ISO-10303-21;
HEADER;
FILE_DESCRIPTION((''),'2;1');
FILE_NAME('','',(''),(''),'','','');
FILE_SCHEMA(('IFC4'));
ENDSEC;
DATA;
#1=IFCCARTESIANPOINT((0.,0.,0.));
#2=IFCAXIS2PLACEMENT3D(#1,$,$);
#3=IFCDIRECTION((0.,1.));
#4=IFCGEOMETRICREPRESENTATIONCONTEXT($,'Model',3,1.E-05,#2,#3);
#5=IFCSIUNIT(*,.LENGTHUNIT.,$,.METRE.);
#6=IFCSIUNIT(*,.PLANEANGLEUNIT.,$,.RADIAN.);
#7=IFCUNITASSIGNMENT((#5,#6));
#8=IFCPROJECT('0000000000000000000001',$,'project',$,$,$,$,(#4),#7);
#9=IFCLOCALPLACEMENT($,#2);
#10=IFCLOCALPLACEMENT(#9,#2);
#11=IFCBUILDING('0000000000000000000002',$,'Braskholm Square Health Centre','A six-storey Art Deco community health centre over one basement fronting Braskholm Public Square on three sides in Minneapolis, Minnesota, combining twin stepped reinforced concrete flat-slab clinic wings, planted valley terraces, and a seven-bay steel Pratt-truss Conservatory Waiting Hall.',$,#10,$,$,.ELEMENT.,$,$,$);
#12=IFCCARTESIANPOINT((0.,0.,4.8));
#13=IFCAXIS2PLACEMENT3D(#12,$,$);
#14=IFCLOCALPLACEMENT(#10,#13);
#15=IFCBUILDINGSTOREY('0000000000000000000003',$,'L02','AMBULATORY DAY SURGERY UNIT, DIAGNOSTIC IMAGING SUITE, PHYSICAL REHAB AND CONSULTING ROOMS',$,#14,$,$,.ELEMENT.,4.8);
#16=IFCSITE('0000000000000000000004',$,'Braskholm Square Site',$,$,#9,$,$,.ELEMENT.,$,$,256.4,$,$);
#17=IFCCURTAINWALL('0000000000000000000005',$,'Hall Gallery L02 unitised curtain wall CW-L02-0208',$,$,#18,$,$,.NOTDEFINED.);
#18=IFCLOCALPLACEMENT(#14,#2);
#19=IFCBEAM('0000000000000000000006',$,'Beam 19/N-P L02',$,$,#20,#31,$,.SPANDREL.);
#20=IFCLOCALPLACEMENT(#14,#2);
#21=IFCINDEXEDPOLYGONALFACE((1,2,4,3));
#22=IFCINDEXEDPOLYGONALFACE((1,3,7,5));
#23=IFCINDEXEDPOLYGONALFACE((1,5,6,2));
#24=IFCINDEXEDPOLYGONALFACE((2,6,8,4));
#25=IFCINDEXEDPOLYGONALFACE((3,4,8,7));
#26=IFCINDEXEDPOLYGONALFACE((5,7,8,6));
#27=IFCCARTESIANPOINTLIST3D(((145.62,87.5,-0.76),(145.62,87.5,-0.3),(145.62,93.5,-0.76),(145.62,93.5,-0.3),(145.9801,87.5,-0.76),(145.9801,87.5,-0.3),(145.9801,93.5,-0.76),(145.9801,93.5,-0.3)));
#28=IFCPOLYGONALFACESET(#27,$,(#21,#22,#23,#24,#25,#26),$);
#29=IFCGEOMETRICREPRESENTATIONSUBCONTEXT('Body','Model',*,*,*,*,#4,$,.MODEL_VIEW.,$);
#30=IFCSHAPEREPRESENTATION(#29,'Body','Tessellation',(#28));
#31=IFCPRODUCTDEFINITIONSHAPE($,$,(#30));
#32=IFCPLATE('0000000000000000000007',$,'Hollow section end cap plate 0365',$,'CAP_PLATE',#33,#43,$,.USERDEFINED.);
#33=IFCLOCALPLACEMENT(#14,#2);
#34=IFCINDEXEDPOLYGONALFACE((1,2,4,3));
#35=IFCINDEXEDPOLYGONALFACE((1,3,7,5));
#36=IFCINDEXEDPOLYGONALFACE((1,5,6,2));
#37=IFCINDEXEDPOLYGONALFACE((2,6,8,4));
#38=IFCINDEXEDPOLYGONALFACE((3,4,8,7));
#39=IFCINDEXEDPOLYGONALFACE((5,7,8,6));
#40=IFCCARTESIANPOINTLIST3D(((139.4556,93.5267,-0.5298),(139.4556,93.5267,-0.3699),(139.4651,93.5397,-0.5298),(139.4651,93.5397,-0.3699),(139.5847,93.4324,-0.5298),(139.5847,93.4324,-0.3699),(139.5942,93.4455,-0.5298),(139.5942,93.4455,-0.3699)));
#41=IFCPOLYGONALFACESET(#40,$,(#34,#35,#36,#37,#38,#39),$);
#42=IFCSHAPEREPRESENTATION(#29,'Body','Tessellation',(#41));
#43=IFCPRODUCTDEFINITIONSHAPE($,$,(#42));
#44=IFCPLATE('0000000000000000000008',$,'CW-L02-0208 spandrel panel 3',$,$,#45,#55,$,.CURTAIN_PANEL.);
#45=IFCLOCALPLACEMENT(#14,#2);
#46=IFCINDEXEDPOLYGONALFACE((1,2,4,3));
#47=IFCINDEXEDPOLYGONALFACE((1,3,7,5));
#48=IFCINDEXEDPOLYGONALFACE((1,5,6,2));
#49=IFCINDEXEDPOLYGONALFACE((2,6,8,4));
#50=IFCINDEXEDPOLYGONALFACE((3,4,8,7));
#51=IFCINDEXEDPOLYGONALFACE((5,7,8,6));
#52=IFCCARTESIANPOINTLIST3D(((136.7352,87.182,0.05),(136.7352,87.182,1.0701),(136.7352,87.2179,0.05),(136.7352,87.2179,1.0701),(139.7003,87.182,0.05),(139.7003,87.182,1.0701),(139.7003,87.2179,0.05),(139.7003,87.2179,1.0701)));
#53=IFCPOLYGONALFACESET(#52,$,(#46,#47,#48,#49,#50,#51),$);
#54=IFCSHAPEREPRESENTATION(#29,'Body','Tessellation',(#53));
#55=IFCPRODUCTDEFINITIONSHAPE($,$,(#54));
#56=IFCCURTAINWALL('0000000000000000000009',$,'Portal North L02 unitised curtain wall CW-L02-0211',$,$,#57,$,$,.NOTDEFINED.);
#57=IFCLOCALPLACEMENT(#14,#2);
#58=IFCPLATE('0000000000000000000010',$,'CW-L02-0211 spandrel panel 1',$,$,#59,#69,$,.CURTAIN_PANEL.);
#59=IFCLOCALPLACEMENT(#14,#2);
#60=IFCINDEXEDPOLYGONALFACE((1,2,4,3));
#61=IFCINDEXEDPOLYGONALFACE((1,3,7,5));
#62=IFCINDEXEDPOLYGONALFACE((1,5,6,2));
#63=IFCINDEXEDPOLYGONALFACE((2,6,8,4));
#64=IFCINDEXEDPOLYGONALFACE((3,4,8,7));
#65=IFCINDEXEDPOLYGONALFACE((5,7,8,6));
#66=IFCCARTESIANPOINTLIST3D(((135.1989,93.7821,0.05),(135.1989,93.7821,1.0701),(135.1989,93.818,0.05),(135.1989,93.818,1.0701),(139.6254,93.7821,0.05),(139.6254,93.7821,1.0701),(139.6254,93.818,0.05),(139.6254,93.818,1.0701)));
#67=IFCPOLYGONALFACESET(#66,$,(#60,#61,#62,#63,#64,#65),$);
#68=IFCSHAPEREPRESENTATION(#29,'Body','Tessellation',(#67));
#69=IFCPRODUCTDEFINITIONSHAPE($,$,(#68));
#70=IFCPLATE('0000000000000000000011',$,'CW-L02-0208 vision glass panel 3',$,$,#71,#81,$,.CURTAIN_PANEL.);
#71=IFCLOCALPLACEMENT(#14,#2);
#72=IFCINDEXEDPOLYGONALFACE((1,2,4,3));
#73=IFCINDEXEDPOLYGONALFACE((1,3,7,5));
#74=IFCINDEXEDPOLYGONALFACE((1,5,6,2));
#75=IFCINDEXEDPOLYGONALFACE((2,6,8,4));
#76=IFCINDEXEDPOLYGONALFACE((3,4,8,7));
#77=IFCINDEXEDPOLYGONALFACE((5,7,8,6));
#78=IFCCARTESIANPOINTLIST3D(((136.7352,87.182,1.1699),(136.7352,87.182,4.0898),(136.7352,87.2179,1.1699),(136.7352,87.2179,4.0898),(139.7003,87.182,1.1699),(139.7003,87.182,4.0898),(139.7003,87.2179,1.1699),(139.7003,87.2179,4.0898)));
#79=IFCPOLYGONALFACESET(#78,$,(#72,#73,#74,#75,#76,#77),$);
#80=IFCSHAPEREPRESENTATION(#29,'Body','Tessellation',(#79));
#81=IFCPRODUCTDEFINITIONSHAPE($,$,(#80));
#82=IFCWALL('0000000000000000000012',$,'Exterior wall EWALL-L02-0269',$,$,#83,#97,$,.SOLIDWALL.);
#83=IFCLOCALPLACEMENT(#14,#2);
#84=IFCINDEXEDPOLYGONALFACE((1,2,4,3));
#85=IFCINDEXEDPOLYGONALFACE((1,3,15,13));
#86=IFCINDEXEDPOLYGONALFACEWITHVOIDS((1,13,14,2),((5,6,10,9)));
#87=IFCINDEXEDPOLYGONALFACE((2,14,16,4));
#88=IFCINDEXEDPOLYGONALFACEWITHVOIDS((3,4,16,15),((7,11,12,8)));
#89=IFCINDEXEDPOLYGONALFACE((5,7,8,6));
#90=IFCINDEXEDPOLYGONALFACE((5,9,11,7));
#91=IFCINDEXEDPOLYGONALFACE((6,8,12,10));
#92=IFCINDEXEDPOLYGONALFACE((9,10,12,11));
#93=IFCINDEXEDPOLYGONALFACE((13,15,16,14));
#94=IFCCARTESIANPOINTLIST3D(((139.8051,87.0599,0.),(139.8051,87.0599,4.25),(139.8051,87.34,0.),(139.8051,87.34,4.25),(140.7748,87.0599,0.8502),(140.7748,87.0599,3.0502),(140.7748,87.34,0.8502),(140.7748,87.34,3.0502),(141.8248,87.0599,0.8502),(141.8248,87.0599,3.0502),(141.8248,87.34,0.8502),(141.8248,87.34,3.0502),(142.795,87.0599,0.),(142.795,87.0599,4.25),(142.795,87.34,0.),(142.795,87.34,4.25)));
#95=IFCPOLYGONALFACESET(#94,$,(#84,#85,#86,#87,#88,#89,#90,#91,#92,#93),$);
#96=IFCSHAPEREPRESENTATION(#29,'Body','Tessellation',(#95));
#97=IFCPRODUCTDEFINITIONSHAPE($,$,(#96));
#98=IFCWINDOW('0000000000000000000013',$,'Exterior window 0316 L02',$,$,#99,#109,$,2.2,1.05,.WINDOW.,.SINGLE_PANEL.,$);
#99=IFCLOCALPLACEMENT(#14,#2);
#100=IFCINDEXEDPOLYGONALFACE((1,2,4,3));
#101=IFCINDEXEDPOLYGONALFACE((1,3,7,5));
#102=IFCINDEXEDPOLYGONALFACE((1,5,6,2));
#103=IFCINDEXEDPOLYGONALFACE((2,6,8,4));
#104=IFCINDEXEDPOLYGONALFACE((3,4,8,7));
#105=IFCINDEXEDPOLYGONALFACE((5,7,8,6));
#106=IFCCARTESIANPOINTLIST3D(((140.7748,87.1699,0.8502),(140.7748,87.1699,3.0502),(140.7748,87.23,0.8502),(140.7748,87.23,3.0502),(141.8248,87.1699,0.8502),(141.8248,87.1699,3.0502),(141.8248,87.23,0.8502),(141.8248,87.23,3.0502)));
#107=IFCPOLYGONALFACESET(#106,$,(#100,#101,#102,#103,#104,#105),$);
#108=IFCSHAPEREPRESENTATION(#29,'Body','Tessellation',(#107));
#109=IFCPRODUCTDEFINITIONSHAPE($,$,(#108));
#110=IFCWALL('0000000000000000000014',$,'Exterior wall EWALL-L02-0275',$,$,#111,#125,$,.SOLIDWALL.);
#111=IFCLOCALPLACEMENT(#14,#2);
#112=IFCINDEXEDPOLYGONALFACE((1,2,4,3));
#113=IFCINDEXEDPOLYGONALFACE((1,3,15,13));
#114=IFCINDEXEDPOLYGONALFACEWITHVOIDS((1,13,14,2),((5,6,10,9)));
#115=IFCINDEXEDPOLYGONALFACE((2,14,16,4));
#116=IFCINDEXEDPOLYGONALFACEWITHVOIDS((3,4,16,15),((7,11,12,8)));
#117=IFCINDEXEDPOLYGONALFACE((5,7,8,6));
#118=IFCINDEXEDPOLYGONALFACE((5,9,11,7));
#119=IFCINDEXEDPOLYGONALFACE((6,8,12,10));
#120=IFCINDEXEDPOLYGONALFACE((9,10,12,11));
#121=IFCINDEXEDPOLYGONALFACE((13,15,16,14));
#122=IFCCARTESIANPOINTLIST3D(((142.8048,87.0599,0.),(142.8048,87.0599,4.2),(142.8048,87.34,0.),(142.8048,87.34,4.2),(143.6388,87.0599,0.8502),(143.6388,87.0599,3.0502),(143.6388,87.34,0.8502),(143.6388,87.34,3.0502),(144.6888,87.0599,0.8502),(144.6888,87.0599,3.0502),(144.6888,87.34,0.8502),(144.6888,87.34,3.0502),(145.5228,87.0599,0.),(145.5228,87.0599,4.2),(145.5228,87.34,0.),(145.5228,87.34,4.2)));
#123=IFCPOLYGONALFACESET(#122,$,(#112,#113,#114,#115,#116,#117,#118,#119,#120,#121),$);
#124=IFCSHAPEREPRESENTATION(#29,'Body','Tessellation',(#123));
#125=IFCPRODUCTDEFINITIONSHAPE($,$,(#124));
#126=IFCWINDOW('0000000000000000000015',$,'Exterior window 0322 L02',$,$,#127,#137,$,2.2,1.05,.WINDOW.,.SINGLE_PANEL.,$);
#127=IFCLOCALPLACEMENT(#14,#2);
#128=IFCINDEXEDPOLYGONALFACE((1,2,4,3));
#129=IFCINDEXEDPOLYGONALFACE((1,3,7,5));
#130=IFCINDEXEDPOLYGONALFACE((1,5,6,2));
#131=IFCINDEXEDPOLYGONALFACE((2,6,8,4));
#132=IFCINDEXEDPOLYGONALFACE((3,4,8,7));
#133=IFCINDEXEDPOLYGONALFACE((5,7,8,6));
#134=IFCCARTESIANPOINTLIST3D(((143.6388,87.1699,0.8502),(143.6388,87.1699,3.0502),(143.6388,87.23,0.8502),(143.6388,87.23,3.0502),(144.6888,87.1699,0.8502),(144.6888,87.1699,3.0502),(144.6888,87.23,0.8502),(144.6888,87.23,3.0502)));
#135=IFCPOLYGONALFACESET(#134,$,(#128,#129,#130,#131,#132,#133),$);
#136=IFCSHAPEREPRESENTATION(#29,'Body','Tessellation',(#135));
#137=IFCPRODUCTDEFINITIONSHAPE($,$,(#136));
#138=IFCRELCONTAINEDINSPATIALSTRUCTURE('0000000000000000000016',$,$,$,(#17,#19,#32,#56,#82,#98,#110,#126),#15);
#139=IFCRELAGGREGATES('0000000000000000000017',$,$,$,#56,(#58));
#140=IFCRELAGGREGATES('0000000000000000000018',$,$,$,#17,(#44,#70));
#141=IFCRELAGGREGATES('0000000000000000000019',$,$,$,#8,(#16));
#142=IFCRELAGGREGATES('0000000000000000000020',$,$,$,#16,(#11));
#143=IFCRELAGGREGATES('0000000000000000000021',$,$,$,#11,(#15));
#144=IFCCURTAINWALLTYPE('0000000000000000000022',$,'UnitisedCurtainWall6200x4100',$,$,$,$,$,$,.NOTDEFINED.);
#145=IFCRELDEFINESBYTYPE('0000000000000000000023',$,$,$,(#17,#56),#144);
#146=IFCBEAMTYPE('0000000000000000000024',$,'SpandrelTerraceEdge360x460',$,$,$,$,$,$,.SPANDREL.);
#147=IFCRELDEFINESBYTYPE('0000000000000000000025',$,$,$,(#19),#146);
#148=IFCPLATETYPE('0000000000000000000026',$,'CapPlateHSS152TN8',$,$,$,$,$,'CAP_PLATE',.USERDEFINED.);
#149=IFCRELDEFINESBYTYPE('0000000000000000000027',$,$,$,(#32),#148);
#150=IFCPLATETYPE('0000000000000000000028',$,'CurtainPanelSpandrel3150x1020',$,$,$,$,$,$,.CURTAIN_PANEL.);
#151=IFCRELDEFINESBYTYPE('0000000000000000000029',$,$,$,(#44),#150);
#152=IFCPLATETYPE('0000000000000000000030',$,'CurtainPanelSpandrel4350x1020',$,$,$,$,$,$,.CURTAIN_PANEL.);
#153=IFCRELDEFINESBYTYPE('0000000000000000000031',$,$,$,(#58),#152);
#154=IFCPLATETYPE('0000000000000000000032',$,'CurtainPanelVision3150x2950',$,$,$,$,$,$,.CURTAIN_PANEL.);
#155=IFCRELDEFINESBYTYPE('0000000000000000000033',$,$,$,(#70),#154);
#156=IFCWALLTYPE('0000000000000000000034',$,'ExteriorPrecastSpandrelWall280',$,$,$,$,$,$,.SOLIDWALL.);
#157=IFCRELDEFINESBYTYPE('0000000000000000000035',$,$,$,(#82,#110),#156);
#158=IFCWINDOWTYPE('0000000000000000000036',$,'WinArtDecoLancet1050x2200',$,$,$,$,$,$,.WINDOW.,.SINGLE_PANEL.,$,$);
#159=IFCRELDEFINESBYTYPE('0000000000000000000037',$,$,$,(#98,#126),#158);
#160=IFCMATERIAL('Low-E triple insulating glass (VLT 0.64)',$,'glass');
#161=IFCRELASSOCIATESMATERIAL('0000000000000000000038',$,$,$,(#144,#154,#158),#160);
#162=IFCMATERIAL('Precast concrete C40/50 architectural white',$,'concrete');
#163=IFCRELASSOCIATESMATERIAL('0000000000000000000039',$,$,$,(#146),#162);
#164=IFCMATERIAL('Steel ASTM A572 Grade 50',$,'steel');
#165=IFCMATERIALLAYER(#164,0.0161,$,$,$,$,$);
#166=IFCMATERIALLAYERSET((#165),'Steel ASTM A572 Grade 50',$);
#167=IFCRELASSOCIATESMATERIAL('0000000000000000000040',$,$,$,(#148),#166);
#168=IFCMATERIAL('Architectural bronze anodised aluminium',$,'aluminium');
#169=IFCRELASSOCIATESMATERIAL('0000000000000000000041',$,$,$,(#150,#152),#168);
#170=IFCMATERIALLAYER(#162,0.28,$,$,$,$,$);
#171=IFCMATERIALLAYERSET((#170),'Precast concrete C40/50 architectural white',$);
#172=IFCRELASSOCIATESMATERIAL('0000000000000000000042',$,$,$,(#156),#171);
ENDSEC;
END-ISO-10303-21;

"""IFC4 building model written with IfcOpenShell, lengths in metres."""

from ifc_helpers import new_model, si_unit, direction, frame, frame_2d, origin, origin_with_axes, origin_2d, place, context, subcontext, project, spatial, rectangle, extrude, material, layer, layer_set, material_profile, profile_set, type_object, element, fill, aggregate, save


model = new_model("IFC4")

# Units and contexts
model_context = context("Model", 3, precision=1e-05, world=origin(), true_north=direction((0.0, 1.0)))
body_context = subcontext(model_context, "Body", "Model", "MODEL_VIEW")
ifc_project = project(units=[si_unit("LENGTHUNIT", "METRE"), si_unit("PLANEANGLEUNIT", "RADIAN")], contexts=[model_context])

# Site, building, storey
site_placement = place(None, origin())
site = spatial("IfcSite", under=ifc_project, at=site_placement, Name="Braskholm Square Site", CompositionType="ELEMENT", RefElevation=256.4)
building_placement = place(site_placement, origin())
building = spatial("IfcBuilding", under=site, at=building_placement, Name="Braskholm Square Health Centre", Description="A six-storey Art Deco community health centre over one basement fronting Braskholm Public Square on three sides in Minneapolis, Minnesota, combining twin stepped reinforced concrete flat-slab clinic wings, planted valley terraces, and a seven-bay steel Pratt-truss Conservatory Waiting Hall.", CompositionType="ELEMENT")
storey_placement = place(building_placement, frame((0.0, 0.0, 4.8)))
storey = spatial("IfcBuildingStorey", under=building, at=storey_placement, Name="L02", Description="AMBULATORY DAY SURGERY UNIT, DIAGNOSTIC IMAGING SUITE, PHYSICAL REHAB AND CONSULTING ROOMS", CompositionType="ELEMENT", Elevation=4.8)

# Curtain wall
ifc_material_1 = material(Name="Low-E triple insulating glass (VLT 0.64)", Category="glass")
curtain_wall_type = type_object("IfcCurtainWallType", Name="UnitisedCurtainWall6200x4100", PredefinedType="NOTDEFINED", material=ifc_material_1)
curtain_wall_1_placement = place(storey_placement, origin())
curtain_wall_1 = element("IfcCurtainWall", 1, at=curtain_wall_1_placement, inside=storey, type_object=curtain_wall_type, Name="Hall Gallery L02 unitised curtain wall CW-L02-0208", PredefinedType="NOTDEFINED")
ifc_material_2 = material(Name="Architectural bronze anodised aluminium", Category="aluminium")

# Beam
ifc_material_3 = material(Name="Precast concrete C40/50 architectural white", Category="concrete")
ifc_material_profile_1 = material_profile(ifc_material_3, rectangle(XDim=0.3601, YDim=0.46, at=origin_2d()), Name="RCB-360X460")
ifc_profile_set_1 = profile_set([ifc_material_profile_1], Name="Precast concrete C40/50 architectural white")
beam_type_1 = type_object("IfcBeamType", Name="SpandrelTerraceEdge360x460", PredefinedType="SPANDREL", material=ifc_profile_set_1)
beam_1_placement = place(storey_placement, frame((145.8, 87.5, -0.53), z_axis=(0.0, 1.0, 0.0), x_axis=(-1.0, 0.0, 0.0)))
element("IfcBeam", 2, at=beam_1_placement, inside=storey, type_object=beam_type_1, Name="Beam 19/N-P L02", PredefinedType="SPANDREL", context=body_context, shape_type="SweptSolid", body=[
    extrude(rectangle(XDim=0.3601, YDim=0.46, at=origin_2d()), origin(), (0.0, 0.0, 1.0), 6.0),
])

# Plates
ifc_material_4 = material(Name="Steel ASTM A572 Grade 50", Category="steel")
ifc_layer_1 = layer(ifc_material_4, 0.0161)
ifc_layer_set_1 = layer_set([ifc_layer_1], Name="Steel ASTM A572 Grade 50")
plate_type_1 = type_object("IfcPlateType", Name="CapPlateHSS152TN8", ElementType="CAP_PLATE", PredefinedType="USERDEFINED", material=ifc_layer_set_1)
plate_1_placement = place(storey_placement, frame((139.5249, 93.4861, -0.5298), z_axis=(0.0, 0.0, 1.0), x_axis=(-0.589535, -0.807743, 0.0)))
element("IfcPlate", 3, at=plate_1_placement, inside=storey, type_object=plate_type_1, Name="Hollow section end cap plate 0365", ObjectType="CAP_PLATE", PredefinedType="USERDEFINED", context=body_context, shape_type="SweptSolid", body=[
    extrude(rectangle(XDim=0.0161, YDim=0.1599, at=origin_2d()), origin(), (0.0, 0.0, 1.0), 0.1599),
])
plate_type_2 = type_object("IfcPlateType", Name="CurtainPanelSpandrel3150x1020", PredefinedType="CURTAIN_PANEL", material=ifc_material_2)
plate_2_placement = place(storey_placement, frame((138.2178, 87.2, 0.05), z_axis=(0.0, 0.0, 1.0), x_axis=(1.0, 0.0, 0.0)))
plate_2 = element("IfcPlate", 4, at=plate_2_placement, type_object=plate_type_2, Name="CW-L02-0208 spandrel panel 3", PredefinedType="CURTAIN_PANEL", context=body_context, shape_type="SweptSolid", body=[
    extrude(rectangle(XDim=2.9651, YDim=0.0359, at=origin_2d()), origin(), (0.0, 0.0, 1.0), 1.02),
])

# Curtain wall, plate
curtain_wall_2_placement = place(storey_placement, origin())
curtain_wall_2 = element("IfcCurtainWall", 5, at=curtain_wall_2_placement, inside=storey, type_object=curtain_wall_type, Name="Portal North L02 unitised curtain wall CW-L02-0211", PredefinedType="NOTDEFINED")
plate_type_3 = type_object("IfcPlateType", Name="CurtainPanelSpandrel4350x1020", PredefinedType="CURTAIN_PANEL", material=ifc_material_2)
plate_3_placement = place(storey_placement, frame((137.4121, 93.8, 0.05), z_axis=(0.0, 0.0, 1.0), x_axis=(-1.0, 0.0, 0.0)))
plate_3 = element("IfcPlate", 6, at=plate_3_placement, type_object=plate_type_3, Name="CW-L02-0211 spandrel panel 1", PredefinedType="CURTAIN_PANEL", context=body_context, shape_type="SweptSolid", body=[
    extrude(rectangle(XDim=4.4265, YDim=0.0359, at=origin_2d()), origin(), (0.0, 0.0, 1.0), 1.02),
])
aggregate(curtain_wall_2, [plate_3])

# Plate
plate_type_4 = type_object("IfcPlateType", Name="CurtainPanelVision3150x2950", PredefinedType="CURTAIN_PANEL", material=ifc_material_1)
plate_4_placement = place(storey_placement, frame((138.2178, 87.2, 1.1699), z_axis=(0.0, 0.0, 1.0), x_axis=(1.0, 0.0, 0.0)))
plate_4 = element("IfcPlate", 7, at=plate_4_placement, type_object=plate_type_4, Name="CW-L02-0208 vision glass panel 3", PredefinedType="CURTAIN_PANEL", context=body_context, shape_type="SweptSolid", body=[
    extrude(rectangle(XDim=2.9651, YDim=0.0359, at=origin_2d()), origin(), (0.0, 0.0, 1.0), 2.9199),
])
aggregate(curtain_wall_1, [plate_2, plate_4])

# Walls, openings, windows
ifc_layer_2 = layer(ifc_material_3, 0.28)
ifc_layer_set_2 = layer_set([ifc_layer_2], Name="Precast concrete C40/50 architectural white")
wall_type = type_object("IfcWallType", Name="ExteriorPrecastSpandrelWall280", PredefinedType="SOLIDWALL", material=ifc_layer_set_2)
wall_1_placement = place(storey_placement, frame((139.8049, 87.2, 0.0), z_axis=(0.0, 0.0, 1.0), x_axis=(1.0, 0.0, 0.0)))
wall_1 = element("IfcWall", 8, at=wall_1_placement, inside=storey, type_object=wall_type, Name="Exterior wall EWALL-L02-0269", PredefinedType="SOLIDWALL", context=body_context, shape_type="SweptSolid", body=[
    extrude(rectangle(XDim=2.99, YDim=0.28, at=frame_2d((1.4951, 0.0))), origin(), (0.0, 0.0, 1.0), 4.25),
])
opening_1_placement = place(wall_1_placement, frame((0.97, 0.0, 0.8501)))
opening_1 = element("IfcOpeningElement", 9, at=opening_1_placement, cuts=wall_1, PredefinedType="OPENING", context=body_context, shape_type="SweptSolid", body=[
    extrude(rectangle(XDim=1.05, YDim=2.2, at=frame_2d((0.5249, 1.1001))), frame((0.0, 0.1499, 0.0), z_axis=(0.0, -1.0, 0.0), x_axis=(1.0, 0.0, 0.0)), (0.0, 0.0, 1.0), 0.3),
])
window_type = type_object("IfcWindowType", Name="WinArtDecoLancet1050x2200", PartitioningType="SINGLE_PANEL", PredefinedType="WINDOW", material=ifc_material_1)
window_1_placement = place(opening_1_placement, origin_with_axes())
window_1 = element("IfcWindow", 10, at=window_1_placement, inside=storey, type_object=window_type, Name="Exterior window 0316 L02", OverallHeight=2.2, OverallWidth=1.05, PartitioningType="SINGLE_PANEL", PredefinedType="WINDOW", context=body_context, shape_type="SweptSolid", body=[
    extrude(rectangle(XDim=1.05, YDim=2.2, at=frame_2d((0.5249, 1.1001))), frame((0.0, 0.03, 0.0), z_axis=(0.0, -1.0, 0.0), x_axis=(1.0, 0.0, 0.0)), (0.0, 0.0, 1.0), 0.0601),
])
fill(opening_1, window_1)
wall_2_placement = place(storey_placement, frame((142.8049, 87.2, 0.0), z_axis=(0.0, 0.0, 1.0), x_axis=(1.0, 0.0, 0.0)))
wall_2 = element("IfcWall", 11, at=wall_2_placement, inside=storey, type_object=wall_type, Name="Exterior wall EWALL-L02-0275", PredefinedType="SOLIDWALL", context=body_context, shape_type="SweptSolid", body=[
    extrude(rectangle(XDim=2.718, YDim=0.28, at=frame_2d((1.3589, 0.0))), origin(), (0.0, 0.0, 1.0), 4.2),
])
opening_2_placement = place(wall_2_placement, frame((0.834, 0.0, 0.8501)))
opening_2 = element("IfcOpeningElement", 12, at=opening_2_placement, cuts=wall_2, PredefinedType="OPENING", context=body_context, shape_type="SweptSolid", body=[
    extrude(rectangle(XDim=1.05, YDim=2.2, at=frame_2d((0.5249, 1.1001))), frame((0.0, 0.1499, 0.0), z_axis=(0.0, -1.0, 0.0), x_axis=(1.0, 0.0, 0.0)), (0.0, 0.0, 1.0), 0.3),
])
window_2_placement = place(opening_2_placement, origin_with_axes())
window_2 = element("IfcWindow", 13, at=window_2_placement, inside=storey, type_object=window_type, Name="Exterior window 0322 L02", OverallHeight=2.2, OverallWidth=1.05, PartitioningType="SINGLE_PANEL", PredefinedType="WINDOW", context=body_context, shape_type="SweptSolid", body=[
    extrude(rectangle(XDim=1.05, YDim=2.2, at=frame_2d((0.5249, 1.1001))), frame((0.0, 0.03, 0.0), z_axis=(0.0, -1.0, 0.0), x_axis=(1.0, 0.0, 0.0)), (0.0, 0.0, 1.0), 0.0601),
])
fill(opening_2, window_2)

save(model, "model.ifc")
